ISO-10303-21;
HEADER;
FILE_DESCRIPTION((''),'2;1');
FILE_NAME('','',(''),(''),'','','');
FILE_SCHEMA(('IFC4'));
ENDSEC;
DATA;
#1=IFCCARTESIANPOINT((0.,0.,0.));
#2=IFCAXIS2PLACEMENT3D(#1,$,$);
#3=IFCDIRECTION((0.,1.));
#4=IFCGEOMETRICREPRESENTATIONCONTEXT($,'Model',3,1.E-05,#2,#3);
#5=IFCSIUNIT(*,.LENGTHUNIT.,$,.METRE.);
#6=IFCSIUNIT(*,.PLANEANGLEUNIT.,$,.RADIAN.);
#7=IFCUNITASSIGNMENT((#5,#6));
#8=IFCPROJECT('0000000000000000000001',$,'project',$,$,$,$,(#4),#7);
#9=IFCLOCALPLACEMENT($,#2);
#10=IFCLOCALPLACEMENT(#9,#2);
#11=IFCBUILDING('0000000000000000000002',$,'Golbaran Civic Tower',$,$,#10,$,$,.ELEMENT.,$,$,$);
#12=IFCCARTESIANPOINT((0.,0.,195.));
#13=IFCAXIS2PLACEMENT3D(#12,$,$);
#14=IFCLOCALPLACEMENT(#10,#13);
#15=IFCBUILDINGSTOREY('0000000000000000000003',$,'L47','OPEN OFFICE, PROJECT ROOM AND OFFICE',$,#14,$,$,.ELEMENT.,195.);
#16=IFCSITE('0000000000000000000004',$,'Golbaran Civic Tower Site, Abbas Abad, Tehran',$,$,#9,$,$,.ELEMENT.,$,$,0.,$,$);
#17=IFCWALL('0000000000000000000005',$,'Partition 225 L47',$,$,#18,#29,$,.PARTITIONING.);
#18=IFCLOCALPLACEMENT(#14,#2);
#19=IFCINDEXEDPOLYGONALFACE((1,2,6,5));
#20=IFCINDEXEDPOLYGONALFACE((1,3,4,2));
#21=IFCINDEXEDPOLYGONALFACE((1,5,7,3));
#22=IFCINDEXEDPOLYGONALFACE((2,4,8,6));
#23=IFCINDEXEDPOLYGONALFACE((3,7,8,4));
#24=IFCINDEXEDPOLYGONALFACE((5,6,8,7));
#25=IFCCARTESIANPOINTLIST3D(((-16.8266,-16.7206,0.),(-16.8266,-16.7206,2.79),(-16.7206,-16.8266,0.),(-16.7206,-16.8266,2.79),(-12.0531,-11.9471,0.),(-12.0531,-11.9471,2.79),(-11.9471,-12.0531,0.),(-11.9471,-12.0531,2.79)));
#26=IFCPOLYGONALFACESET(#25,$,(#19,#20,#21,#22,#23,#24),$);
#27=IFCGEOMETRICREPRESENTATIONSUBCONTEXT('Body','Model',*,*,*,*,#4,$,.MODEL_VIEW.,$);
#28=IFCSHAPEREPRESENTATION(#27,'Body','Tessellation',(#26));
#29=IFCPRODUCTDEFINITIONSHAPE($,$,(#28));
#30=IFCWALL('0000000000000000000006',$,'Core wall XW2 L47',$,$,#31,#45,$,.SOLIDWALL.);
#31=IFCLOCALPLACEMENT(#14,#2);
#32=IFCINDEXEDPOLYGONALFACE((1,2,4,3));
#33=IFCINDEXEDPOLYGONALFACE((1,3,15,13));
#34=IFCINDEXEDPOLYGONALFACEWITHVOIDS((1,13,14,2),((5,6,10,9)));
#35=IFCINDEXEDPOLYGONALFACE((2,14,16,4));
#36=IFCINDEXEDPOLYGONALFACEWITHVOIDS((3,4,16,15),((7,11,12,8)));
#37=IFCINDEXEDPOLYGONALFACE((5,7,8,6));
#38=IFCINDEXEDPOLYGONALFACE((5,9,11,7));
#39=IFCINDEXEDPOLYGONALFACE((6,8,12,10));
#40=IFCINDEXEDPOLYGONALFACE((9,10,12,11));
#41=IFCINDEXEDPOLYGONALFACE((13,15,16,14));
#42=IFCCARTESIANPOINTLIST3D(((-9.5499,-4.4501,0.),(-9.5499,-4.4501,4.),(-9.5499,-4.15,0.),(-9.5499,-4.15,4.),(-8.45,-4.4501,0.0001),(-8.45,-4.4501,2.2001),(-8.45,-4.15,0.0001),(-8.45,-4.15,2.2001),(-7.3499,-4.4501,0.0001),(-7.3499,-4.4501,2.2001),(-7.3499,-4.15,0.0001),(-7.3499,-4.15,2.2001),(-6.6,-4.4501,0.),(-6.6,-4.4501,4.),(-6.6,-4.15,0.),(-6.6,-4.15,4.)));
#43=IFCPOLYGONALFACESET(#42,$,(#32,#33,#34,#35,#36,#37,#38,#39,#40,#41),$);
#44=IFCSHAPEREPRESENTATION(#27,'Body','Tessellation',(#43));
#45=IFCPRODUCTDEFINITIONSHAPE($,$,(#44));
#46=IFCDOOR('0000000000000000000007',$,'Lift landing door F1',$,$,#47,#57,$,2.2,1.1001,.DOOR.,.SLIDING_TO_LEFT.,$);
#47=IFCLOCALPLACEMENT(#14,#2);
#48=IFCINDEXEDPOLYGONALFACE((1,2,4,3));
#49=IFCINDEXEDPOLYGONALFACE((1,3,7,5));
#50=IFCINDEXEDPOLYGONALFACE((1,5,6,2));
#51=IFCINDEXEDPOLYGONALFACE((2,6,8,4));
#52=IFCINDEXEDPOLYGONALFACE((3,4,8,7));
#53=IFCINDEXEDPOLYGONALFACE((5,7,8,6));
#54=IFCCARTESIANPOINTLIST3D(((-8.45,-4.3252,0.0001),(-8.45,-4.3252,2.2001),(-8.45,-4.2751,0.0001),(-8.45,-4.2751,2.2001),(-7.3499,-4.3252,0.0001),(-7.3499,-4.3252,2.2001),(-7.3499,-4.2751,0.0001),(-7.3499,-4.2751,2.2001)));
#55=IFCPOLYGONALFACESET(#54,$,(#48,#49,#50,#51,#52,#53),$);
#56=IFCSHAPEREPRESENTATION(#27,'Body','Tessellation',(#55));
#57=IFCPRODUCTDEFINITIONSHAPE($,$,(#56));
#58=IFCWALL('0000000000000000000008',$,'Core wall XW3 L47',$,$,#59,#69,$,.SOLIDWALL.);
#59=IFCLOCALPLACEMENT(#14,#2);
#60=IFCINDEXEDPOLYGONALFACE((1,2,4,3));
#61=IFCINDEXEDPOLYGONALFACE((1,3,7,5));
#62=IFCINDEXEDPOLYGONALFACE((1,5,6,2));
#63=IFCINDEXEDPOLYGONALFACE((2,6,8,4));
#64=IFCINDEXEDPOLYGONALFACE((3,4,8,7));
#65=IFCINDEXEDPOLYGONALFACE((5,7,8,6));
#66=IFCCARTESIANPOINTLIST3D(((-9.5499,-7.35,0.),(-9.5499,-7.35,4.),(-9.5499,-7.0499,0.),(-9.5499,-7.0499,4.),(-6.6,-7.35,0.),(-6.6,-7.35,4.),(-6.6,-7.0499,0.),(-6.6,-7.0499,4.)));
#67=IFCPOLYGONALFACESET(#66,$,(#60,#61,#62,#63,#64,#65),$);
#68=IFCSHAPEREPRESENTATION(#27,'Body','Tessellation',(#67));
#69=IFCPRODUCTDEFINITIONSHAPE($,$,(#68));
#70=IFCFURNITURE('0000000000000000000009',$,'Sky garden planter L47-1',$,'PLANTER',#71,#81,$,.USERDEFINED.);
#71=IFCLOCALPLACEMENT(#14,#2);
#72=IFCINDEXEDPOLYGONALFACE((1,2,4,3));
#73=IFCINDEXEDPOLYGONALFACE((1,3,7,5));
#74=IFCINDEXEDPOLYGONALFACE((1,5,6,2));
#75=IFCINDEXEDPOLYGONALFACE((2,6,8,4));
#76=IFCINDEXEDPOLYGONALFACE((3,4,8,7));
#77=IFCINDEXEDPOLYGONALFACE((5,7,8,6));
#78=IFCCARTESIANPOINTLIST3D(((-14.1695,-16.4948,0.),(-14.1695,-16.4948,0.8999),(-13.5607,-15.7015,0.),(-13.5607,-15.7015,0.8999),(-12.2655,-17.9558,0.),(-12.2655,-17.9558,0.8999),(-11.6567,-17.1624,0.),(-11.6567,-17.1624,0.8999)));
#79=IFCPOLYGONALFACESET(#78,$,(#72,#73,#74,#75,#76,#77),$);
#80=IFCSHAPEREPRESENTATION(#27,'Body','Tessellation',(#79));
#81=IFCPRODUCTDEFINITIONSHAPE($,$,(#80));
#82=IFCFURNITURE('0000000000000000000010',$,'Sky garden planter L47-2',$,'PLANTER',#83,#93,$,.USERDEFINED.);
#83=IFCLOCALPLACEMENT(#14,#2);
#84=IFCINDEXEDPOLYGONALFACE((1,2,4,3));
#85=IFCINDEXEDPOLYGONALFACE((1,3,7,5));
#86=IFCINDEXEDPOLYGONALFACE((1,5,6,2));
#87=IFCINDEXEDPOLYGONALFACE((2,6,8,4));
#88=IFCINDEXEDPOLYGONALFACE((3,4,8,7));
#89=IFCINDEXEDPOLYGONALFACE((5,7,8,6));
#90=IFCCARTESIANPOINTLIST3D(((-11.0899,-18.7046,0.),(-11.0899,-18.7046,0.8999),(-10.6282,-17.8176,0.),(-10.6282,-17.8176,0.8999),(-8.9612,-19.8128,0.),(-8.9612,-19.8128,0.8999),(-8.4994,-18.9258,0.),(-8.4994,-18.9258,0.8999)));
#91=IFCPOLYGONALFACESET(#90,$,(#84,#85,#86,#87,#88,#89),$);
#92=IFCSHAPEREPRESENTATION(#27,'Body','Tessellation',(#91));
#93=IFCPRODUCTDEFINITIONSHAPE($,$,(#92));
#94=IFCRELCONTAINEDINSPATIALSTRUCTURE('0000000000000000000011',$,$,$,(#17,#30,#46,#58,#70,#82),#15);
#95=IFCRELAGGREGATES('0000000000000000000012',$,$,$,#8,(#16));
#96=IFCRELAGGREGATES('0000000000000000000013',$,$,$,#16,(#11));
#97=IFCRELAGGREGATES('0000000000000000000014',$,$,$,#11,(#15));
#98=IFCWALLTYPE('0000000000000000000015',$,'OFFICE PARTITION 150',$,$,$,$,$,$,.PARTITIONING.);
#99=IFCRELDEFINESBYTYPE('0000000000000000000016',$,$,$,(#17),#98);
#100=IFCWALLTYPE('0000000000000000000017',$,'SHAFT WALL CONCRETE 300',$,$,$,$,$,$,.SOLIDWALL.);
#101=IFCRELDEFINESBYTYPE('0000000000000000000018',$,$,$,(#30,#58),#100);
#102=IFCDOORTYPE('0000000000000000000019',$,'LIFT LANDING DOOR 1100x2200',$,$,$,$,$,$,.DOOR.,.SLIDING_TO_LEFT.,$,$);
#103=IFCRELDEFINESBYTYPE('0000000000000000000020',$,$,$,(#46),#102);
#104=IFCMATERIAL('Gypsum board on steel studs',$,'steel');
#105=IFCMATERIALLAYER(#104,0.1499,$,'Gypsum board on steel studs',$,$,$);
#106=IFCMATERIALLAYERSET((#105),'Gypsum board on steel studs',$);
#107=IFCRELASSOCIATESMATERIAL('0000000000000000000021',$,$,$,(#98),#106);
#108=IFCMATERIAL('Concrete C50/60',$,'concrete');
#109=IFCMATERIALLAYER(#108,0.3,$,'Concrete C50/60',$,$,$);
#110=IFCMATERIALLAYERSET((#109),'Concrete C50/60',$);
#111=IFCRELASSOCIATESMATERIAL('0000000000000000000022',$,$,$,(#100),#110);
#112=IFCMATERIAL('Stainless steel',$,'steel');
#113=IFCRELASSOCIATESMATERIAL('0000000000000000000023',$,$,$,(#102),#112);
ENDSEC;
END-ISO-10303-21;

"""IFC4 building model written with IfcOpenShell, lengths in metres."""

from ifc_helpers import new_model, si_unit, direction, frame, frame_2d, origin, origin_2d, place, context, subcontext, project, spatial, rectangle, extrude, material, layer, layer_set, type_object, element, fill, save


model = new_model("IFC4")

# Units and contexts
model_context = context("Model", 3, precision=1e-05, world=origin(), true_north=direction((0.0, 1.0)))
body_context = subcontext(model_context, "Body", "Model", "MODEL_VIEW")
ifc_project = project(units=[si_unit("LENGTHUNIT", "METRE"), si_unit("PLANEANGLEUNIT", "RADIAN")], contexts=[model_context])

# Site, building, storey
site_placement = place(None, origin())
site = spatial("IfcSite", under=ifc_project, at=site_placement, Name="Golbaran Civic Tower Site, Abbas Abad, Tehran", CompositionType="ELEMENT", RefElevation=0.0)
building_placement = place(site_placement, origin())
building = spatial("IfcBuilding", under=site, at=building_placement, Name="Golbaran Civic Tower", CompositionType="ELEMENT")
storey_placement = place(building_placement, frame((0.0, 0.0, 195.0)))
storey = spatial("IfcBuildingStorey", under=building, at=storey_placement, Name="L47", Description="OPEN OFFICE, PROJECT ROOM AND OFFICE", CompositionType="ELEMENT", Elevation=195.0)

# Wall
ifc_material_1 = material(Name="Gypsum board on steel studs", Category="steel")
ifc_layer_1 = layer(ifc_material_1, 0.1499, Name="Gypsum board on steel studs")
ifc_layer_set_1 = layer_set([ifc_layer_1], Name="Gypsum board on steel studs")
wall_type_1 = type_object("IfcWallType", Name="OFFICE PARTITION 150", PredefinedType="PARTITIONING", material=ifc_layer_set_1)
wall_1_placement = place(storey_placement, frame((-12.0, -12.0, 0.0), z_axis=(0.0, 0.0, 1.0), x_axis=(-0.707107, -0.707107, 0.0)))
element("IfcWall", 1, at=wall_1_placement, inside=storey, type_object=wall_type_1, Name="Partition 225 L47", PredefinedType="PARTITIONING", context=body_context, shape_type="SweptSolid", body=[
    extrude(rectangle(XDim=6.7507, YDim=0.1499, at=frame_2d((3.3755, 0.0))), origin(), (0.0, 0.0, 1.0), 2.79),
])

# Wall, opening, door
ifc_material_2 = material(Name="Concrete C50/60", Category="concrete")
ifc_layer_2 = layer(ifc_material_2, 0.3, Name="Concrete C50/60")
ifc_layer_set_2 = layer_set([ifc_layer_2], Name="Concrete C50/60")
wall_type_2 = type_object("IfcWallType", Name="SHAFT WALL CONCRETE 300", PredefinedType="SOLIDWALL", material=ifc_layer_set_2)
wall_2_placement = place(storey_placement, frame((-9.55, -4.3, 0.0), z_axis=(0.0, 0.0, 1.0), x_axis=(1.0, 0.0, 0.0)))
wall_2 = element("IfcWall", 2, at=wall_2_placement, inside=storey, type_object=wall_type_2, Name="Core wall XW2 L47", PredefinedType="SOLIDWALL", context=body_context, shape_type="SweptSolid", body=[
    extrude(rectangle(XDim=2.95, YDim=0.3, at=frame_2d((1.4751, 0.0))), origin(), (0.0, 0.0, 1.0), 4.0),
])
opening_1_placement = place(wall_2_placement, frame((1.1001, 0.0, 0.0)))
opening_1 = element("IfcOpeningElement", 3, at=opening_1_placement, cuts=wall_2, PredefinedType="OPENING", context=body_context, shape_type="SweptSolid", body=[
    extrude(rectangle(XDim=1.1001, YDim=2.2, at=frame_2d((0.55, 1.1001))), frame((0.0, 0.1599, 0.0), z_axis=(0.0, -1.0, 0.0), x_axis=(1.0, 0.0, 0.0)), (0.0, 0.0, 1.0), 0.3201),
])
ifc_material_3 = material(Name="Stainless steel", Category="steel")
door_type_1 = type_object("IfcDoorType", Name="LIFT LANDING DOOR 1100x2200", OperationType="SLIDING_TO_LEFT", PredefinedType="DOOR", material=ifc_material_3)
door_1_placement = place(opening_1_placement, origin())
door_1 = element("IfcDoor", 4, at=door_1_placement, inside=storey, type_object=door_type_1, Name="Lift landing door F1", OperationType="SLIDING_TO_LEFT", OverallHeight=2.2, OverallWidth=1.1001, PredefinedType="DOOR", context=body_context, shape_type="SweptSolid", body=[
    extrude(rectangle(XDim=1.1001, YDim=2.2, at=frame_2d((0.55, 1.1001))), frame((0.0, 0.0249, 0.0), z_axis=(0.0, -1.0, 0.0), x_axis=(1.0, 0.0, 0.0)), (0.0, 0.0, 1.0), 0.05),
])
fill(opening_1, door_1)

# Wall
wall_3_placement = place(storey_placement, frame((-9.55, -7.2, 0.0), z_axis=(0.0, 0.0, 1.0), x_axis=(1.0, 0.0, 0.0)))
element("IfcWall", 5, at=wall_3_placement, inside=storey, type_object=wall_type_2, Name="Core wall XW3 L47", PredefinedType="SOLIDWALL", context=body_context, shape_type="SweptSolid", body=[
    extrude(rectangle(XDim=2.95, YDim=0.3, at=frame_2d((1.4751, 0.0))), origin(), (0.0, 0.0, 1.0), 4.0),
])

# Furniture
for number, where, z_axis, x_axis, name in (
    (6, (-12.9131, -16.8286, 0.0), (0.0, 0.0, 1.0), (0.793353, -0.608761, 0.0), "Sky garden planter L47-1"),
    (7, (-9.7947, -18.8152, 0.0), (0.0, 0.0, 1.0), (0.887011, -0.461749, 0.0), "Sky garden planter L47-2"),
):
    element("IfcFurniture", number, at=place(storey_placement, frame(where, z_axis=z_axis, x_axis=x_axis)), inside=storey, Name=name, ObjectType="PLANTER", PredefinedType="USERDEFINED", context=body_context, shape_type="SweptSolid", body=[
        extrude(rectangle(XDim=2.3999, YDim=1.0, at=origin_2d()), origin(), (0.0, 0.0, 1.0), 0.8999),
    ])

save(model, "model.ifc")
